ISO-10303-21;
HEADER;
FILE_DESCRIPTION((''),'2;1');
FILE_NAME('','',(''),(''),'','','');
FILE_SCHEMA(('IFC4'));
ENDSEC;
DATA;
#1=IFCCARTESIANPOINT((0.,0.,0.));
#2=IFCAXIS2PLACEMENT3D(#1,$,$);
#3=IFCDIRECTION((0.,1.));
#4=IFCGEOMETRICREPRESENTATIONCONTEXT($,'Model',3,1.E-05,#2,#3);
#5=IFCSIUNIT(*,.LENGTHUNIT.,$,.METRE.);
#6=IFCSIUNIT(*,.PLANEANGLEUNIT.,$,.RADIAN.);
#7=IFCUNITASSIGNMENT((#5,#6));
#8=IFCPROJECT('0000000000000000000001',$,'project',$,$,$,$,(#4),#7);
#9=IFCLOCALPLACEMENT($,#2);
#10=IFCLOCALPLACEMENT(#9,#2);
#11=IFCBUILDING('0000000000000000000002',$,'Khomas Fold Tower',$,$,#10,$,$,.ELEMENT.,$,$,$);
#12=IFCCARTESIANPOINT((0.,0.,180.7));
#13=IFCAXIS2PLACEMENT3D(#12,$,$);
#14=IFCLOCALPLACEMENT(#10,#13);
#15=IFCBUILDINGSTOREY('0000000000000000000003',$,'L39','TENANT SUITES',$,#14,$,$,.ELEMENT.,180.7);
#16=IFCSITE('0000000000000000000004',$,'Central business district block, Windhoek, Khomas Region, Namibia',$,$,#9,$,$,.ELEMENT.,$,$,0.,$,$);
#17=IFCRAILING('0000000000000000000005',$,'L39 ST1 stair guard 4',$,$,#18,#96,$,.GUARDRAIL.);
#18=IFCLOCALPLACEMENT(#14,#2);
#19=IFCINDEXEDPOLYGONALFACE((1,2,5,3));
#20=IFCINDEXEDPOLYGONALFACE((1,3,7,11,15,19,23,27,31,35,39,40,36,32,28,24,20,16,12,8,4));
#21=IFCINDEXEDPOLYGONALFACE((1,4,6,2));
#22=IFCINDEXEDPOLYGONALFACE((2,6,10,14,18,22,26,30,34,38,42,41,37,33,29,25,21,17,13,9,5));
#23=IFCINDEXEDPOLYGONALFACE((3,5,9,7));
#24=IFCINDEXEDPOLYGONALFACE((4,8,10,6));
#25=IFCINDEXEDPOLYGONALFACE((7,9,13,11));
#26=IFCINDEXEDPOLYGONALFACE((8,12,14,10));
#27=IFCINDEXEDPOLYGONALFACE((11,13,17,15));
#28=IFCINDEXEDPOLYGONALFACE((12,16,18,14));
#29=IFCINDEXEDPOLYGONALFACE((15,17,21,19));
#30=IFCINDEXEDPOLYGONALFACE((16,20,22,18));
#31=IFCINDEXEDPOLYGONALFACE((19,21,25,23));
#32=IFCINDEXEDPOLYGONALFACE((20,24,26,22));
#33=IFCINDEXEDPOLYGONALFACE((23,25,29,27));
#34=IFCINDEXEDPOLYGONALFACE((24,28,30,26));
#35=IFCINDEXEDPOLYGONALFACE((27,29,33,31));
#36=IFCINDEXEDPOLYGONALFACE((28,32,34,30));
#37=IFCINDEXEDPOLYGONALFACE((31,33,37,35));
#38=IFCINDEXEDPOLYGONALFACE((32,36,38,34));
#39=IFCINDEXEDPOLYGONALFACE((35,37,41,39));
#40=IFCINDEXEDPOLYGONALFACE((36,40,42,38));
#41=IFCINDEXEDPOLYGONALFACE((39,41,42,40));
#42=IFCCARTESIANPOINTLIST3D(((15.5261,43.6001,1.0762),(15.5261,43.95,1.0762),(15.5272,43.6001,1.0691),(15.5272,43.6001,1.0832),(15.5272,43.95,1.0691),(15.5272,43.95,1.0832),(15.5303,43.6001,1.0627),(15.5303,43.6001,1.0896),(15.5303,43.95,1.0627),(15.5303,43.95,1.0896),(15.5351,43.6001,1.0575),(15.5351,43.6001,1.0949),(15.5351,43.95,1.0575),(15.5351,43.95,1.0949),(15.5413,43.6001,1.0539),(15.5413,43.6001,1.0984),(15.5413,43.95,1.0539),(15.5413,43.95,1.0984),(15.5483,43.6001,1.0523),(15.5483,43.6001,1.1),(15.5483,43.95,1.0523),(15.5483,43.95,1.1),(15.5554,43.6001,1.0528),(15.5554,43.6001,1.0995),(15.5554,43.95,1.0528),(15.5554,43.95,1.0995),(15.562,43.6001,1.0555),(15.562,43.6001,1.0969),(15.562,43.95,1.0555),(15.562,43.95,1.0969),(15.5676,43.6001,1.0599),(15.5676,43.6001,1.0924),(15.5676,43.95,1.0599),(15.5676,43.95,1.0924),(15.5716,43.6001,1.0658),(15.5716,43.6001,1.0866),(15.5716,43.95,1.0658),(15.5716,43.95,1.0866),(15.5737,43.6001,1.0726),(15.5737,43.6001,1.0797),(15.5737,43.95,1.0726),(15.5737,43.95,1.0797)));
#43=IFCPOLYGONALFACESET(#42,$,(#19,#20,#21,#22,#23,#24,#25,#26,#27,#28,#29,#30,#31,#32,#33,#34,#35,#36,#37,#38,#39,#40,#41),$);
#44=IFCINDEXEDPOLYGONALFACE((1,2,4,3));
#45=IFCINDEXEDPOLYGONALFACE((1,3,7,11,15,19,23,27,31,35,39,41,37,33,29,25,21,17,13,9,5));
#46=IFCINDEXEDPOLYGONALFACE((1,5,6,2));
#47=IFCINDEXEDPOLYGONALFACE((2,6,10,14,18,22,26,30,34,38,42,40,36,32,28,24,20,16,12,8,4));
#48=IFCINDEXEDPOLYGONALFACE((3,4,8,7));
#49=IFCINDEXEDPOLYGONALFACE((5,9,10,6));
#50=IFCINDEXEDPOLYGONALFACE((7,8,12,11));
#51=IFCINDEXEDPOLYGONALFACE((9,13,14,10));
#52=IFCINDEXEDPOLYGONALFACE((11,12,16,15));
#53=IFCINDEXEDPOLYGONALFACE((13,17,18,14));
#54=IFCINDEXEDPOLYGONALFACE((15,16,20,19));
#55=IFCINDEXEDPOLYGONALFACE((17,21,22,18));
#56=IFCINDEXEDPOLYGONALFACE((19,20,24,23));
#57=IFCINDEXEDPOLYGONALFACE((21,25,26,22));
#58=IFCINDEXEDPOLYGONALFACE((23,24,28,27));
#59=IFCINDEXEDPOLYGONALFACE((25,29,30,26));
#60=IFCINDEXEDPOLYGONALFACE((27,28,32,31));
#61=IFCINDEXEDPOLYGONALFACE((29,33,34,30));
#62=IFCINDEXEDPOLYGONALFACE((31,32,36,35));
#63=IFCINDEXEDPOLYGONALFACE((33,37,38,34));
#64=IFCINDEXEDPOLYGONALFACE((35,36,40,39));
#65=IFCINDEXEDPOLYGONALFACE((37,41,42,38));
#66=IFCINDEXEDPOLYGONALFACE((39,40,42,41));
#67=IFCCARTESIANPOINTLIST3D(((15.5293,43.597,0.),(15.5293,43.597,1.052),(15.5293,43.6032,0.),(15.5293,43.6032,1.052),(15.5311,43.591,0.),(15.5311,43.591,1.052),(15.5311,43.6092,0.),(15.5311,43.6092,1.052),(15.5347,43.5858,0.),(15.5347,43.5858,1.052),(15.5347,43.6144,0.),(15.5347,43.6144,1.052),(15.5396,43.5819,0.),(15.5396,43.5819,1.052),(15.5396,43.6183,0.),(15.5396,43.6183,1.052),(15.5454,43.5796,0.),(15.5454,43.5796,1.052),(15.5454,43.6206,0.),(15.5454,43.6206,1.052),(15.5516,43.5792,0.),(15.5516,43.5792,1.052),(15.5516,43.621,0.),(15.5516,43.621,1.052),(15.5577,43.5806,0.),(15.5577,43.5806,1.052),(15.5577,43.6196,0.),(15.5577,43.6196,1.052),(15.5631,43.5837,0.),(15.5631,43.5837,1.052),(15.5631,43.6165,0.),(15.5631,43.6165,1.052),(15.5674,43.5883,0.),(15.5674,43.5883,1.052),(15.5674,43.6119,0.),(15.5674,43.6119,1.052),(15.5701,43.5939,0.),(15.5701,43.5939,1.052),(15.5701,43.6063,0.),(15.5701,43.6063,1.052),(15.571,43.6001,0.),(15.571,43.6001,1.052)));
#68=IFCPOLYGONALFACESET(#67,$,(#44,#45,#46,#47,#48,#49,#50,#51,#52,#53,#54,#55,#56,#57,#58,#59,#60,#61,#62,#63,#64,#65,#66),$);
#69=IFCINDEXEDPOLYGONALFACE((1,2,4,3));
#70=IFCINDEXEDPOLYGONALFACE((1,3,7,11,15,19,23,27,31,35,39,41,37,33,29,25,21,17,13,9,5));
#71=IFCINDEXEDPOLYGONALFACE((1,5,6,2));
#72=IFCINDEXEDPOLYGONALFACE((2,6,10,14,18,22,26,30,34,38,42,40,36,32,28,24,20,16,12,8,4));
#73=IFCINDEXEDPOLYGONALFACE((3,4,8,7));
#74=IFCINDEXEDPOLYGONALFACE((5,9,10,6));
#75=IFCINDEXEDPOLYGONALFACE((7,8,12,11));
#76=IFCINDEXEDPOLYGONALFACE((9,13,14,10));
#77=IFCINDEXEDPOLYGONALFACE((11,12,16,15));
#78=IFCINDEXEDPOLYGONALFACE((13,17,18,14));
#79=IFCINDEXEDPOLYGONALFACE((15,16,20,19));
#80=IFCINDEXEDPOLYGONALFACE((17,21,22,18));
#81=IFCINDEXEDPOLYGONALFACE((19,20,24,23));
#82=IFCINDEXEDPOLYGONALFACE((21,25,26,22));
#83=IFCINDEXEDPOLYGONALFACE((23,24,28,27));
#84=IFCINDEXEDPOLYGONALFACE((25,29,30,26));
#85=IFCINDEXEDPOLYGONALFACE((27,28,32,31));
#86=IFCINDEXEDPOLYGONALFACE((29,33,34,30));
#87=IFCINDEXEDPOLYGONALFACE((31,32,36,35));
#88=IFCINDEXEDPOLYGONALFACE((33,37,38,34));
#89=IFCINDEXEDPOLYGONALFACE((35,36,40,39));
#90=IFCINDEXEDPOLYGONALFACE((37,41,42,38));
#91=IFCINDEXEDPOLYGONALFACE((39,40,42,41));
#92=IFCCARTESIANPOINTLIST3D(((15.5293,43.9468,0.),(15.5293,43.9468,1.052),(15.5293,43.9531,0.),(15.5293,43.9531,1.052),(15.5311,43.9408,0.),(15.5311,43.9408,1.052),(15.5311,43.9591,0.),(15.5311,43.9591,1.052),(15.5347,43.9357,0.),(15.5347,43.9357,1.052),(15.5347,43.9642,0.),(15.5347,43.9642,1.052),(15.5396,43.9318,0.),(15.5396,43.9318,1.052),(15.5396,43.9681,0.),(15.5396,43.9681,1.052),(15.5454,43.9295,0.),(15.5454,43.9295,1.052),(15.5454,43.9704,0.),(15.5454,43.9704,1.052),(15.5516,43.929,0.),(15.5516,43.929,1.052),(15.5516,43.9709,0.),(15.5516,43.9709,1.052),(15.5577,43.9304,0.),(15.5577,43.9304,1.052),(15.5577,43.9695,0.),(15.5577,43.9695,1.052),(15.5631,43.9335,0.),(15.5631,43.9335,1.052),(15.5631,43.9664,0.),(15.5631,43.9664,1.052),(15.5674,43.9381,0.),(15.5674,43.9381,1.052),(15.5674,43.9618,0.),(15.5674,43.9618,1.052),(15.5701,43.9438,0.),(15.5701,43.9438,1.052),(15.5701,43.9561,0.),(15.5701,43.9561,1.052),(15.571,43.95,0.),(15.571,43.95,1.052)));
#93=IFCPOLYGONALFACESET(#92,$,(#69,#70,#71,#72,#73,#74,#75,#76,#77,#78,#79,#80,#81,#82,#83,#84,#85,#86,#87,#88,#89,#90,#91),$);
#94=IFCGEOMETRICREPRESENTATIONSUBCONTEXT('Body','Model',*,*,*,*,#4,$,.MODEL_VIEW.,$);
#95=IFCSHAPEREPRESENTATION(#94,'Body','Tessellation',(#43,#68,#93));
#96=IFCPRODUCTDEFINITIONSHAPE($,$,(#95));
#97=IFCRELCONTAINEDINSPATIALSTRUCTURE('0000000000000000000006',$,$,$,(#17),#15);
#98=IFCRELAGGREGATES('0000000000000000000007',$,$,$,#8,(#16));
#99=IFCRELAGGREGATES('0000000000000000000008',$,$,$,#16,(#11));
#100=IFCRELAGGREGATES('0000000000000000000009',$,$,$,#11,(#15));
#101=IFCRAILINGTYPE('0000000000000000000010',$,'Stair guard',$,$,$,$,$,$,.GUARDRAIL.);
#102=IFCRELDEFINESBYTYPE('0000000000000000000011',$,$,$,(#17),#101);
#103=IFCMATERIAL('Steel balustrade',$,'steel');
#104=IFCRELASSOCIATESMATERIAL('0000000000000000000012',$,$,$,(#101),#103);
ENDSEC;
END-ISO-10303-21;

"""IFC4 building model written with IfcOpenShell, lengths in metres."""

from ifc_helpers import new_model, si_unit, direction, frame, origin, origin_2d, place, context, subcontext, project, spatial, circle, extrude, source, transform, mapped, material, type_object, element, save


model = new_model("IFC4")

# Units and contexts
model_context = context("Model", 3, precision=1e-05, world=origin(), true_north=direction((0.0, 1.0)))
body_context = subcontext(model_context, "Body", "Model", "MODEL_VIEW")
ifc_project = project(units=[si_unit("LENGTHUNIT", "METRE"), si_unit("PLANEANGLEUNIT", "RADIAN")], contexts=[model_context])

# Site, building, storey
site_placement = place(None, origin())
site = spatial("IfcSite", under=ifc_project, at=site_placement, Name="Central business district block, Windhoek, Khomas Region, Namibia", CompositionType="ELEMENT", RefElevation=0.0)
building_placement = place(site_placement, origin())
building = spatial("IfcBuilding", under=site, at=building_placement, Name="Khomas Fold Tower", CompositionType="ELEMENT")
storey_placement = place(building_placement, frame((0.0, 0.0, 180.7)))
storey = spatial("IfcBuildingStorey", under=building, at=storey_placement, Name="L39", Description="TENANT SUITES", CompositionType="ELEMENT", Elevation=180.7)

# Railing
ifc_material_1 = material(Name="Steel balustrade", Category="steel")
railing_type_1 = type_object("IfcRailingType", Name="Stair guard", PredefinedType="GUARDRAIL", material=ifc_material_1)
shared_shape_1 = source(origin(), body_context, "Body", "SweptSolid", [
    extrude(circle(Radius=0.0239, at=origin_2d()), frame((0.0, 0.0, 1.0762), z_axis=(0.0, 1.0, 0.0), x_axis=(-1.0, 0.0, 0.0)), (0.0, 0.0, 1.0), 0.3499),
    extrude(circle(Radius=0.021, at=origin_2d()), origin(), (0.0, 0.0, 1.0), 1.052),
    extrude(circle(Radius=0.021, at=origin_2d()), frame((0.0, 0.3499, 0.0)), (0.0, 0.0, 1.0), 1.052),
])
for number, where, name in (
    (1, (15.55, 43.6001, 0.0), "L39 ST1 stair guard 4"),
):
    element("IfcRailing", number, at=place(storey_placement, frame(where)), inside=storey, type_object=railing_type_1, Name=name, PredefinedType="GUARDRAIL", context=body_context, shape_type="MappedRepresentation", body=[
        mapped(shared_shape_1, transform((0.0, 0.0, 0.0))),
    ])

save(model, "model.ifc")
